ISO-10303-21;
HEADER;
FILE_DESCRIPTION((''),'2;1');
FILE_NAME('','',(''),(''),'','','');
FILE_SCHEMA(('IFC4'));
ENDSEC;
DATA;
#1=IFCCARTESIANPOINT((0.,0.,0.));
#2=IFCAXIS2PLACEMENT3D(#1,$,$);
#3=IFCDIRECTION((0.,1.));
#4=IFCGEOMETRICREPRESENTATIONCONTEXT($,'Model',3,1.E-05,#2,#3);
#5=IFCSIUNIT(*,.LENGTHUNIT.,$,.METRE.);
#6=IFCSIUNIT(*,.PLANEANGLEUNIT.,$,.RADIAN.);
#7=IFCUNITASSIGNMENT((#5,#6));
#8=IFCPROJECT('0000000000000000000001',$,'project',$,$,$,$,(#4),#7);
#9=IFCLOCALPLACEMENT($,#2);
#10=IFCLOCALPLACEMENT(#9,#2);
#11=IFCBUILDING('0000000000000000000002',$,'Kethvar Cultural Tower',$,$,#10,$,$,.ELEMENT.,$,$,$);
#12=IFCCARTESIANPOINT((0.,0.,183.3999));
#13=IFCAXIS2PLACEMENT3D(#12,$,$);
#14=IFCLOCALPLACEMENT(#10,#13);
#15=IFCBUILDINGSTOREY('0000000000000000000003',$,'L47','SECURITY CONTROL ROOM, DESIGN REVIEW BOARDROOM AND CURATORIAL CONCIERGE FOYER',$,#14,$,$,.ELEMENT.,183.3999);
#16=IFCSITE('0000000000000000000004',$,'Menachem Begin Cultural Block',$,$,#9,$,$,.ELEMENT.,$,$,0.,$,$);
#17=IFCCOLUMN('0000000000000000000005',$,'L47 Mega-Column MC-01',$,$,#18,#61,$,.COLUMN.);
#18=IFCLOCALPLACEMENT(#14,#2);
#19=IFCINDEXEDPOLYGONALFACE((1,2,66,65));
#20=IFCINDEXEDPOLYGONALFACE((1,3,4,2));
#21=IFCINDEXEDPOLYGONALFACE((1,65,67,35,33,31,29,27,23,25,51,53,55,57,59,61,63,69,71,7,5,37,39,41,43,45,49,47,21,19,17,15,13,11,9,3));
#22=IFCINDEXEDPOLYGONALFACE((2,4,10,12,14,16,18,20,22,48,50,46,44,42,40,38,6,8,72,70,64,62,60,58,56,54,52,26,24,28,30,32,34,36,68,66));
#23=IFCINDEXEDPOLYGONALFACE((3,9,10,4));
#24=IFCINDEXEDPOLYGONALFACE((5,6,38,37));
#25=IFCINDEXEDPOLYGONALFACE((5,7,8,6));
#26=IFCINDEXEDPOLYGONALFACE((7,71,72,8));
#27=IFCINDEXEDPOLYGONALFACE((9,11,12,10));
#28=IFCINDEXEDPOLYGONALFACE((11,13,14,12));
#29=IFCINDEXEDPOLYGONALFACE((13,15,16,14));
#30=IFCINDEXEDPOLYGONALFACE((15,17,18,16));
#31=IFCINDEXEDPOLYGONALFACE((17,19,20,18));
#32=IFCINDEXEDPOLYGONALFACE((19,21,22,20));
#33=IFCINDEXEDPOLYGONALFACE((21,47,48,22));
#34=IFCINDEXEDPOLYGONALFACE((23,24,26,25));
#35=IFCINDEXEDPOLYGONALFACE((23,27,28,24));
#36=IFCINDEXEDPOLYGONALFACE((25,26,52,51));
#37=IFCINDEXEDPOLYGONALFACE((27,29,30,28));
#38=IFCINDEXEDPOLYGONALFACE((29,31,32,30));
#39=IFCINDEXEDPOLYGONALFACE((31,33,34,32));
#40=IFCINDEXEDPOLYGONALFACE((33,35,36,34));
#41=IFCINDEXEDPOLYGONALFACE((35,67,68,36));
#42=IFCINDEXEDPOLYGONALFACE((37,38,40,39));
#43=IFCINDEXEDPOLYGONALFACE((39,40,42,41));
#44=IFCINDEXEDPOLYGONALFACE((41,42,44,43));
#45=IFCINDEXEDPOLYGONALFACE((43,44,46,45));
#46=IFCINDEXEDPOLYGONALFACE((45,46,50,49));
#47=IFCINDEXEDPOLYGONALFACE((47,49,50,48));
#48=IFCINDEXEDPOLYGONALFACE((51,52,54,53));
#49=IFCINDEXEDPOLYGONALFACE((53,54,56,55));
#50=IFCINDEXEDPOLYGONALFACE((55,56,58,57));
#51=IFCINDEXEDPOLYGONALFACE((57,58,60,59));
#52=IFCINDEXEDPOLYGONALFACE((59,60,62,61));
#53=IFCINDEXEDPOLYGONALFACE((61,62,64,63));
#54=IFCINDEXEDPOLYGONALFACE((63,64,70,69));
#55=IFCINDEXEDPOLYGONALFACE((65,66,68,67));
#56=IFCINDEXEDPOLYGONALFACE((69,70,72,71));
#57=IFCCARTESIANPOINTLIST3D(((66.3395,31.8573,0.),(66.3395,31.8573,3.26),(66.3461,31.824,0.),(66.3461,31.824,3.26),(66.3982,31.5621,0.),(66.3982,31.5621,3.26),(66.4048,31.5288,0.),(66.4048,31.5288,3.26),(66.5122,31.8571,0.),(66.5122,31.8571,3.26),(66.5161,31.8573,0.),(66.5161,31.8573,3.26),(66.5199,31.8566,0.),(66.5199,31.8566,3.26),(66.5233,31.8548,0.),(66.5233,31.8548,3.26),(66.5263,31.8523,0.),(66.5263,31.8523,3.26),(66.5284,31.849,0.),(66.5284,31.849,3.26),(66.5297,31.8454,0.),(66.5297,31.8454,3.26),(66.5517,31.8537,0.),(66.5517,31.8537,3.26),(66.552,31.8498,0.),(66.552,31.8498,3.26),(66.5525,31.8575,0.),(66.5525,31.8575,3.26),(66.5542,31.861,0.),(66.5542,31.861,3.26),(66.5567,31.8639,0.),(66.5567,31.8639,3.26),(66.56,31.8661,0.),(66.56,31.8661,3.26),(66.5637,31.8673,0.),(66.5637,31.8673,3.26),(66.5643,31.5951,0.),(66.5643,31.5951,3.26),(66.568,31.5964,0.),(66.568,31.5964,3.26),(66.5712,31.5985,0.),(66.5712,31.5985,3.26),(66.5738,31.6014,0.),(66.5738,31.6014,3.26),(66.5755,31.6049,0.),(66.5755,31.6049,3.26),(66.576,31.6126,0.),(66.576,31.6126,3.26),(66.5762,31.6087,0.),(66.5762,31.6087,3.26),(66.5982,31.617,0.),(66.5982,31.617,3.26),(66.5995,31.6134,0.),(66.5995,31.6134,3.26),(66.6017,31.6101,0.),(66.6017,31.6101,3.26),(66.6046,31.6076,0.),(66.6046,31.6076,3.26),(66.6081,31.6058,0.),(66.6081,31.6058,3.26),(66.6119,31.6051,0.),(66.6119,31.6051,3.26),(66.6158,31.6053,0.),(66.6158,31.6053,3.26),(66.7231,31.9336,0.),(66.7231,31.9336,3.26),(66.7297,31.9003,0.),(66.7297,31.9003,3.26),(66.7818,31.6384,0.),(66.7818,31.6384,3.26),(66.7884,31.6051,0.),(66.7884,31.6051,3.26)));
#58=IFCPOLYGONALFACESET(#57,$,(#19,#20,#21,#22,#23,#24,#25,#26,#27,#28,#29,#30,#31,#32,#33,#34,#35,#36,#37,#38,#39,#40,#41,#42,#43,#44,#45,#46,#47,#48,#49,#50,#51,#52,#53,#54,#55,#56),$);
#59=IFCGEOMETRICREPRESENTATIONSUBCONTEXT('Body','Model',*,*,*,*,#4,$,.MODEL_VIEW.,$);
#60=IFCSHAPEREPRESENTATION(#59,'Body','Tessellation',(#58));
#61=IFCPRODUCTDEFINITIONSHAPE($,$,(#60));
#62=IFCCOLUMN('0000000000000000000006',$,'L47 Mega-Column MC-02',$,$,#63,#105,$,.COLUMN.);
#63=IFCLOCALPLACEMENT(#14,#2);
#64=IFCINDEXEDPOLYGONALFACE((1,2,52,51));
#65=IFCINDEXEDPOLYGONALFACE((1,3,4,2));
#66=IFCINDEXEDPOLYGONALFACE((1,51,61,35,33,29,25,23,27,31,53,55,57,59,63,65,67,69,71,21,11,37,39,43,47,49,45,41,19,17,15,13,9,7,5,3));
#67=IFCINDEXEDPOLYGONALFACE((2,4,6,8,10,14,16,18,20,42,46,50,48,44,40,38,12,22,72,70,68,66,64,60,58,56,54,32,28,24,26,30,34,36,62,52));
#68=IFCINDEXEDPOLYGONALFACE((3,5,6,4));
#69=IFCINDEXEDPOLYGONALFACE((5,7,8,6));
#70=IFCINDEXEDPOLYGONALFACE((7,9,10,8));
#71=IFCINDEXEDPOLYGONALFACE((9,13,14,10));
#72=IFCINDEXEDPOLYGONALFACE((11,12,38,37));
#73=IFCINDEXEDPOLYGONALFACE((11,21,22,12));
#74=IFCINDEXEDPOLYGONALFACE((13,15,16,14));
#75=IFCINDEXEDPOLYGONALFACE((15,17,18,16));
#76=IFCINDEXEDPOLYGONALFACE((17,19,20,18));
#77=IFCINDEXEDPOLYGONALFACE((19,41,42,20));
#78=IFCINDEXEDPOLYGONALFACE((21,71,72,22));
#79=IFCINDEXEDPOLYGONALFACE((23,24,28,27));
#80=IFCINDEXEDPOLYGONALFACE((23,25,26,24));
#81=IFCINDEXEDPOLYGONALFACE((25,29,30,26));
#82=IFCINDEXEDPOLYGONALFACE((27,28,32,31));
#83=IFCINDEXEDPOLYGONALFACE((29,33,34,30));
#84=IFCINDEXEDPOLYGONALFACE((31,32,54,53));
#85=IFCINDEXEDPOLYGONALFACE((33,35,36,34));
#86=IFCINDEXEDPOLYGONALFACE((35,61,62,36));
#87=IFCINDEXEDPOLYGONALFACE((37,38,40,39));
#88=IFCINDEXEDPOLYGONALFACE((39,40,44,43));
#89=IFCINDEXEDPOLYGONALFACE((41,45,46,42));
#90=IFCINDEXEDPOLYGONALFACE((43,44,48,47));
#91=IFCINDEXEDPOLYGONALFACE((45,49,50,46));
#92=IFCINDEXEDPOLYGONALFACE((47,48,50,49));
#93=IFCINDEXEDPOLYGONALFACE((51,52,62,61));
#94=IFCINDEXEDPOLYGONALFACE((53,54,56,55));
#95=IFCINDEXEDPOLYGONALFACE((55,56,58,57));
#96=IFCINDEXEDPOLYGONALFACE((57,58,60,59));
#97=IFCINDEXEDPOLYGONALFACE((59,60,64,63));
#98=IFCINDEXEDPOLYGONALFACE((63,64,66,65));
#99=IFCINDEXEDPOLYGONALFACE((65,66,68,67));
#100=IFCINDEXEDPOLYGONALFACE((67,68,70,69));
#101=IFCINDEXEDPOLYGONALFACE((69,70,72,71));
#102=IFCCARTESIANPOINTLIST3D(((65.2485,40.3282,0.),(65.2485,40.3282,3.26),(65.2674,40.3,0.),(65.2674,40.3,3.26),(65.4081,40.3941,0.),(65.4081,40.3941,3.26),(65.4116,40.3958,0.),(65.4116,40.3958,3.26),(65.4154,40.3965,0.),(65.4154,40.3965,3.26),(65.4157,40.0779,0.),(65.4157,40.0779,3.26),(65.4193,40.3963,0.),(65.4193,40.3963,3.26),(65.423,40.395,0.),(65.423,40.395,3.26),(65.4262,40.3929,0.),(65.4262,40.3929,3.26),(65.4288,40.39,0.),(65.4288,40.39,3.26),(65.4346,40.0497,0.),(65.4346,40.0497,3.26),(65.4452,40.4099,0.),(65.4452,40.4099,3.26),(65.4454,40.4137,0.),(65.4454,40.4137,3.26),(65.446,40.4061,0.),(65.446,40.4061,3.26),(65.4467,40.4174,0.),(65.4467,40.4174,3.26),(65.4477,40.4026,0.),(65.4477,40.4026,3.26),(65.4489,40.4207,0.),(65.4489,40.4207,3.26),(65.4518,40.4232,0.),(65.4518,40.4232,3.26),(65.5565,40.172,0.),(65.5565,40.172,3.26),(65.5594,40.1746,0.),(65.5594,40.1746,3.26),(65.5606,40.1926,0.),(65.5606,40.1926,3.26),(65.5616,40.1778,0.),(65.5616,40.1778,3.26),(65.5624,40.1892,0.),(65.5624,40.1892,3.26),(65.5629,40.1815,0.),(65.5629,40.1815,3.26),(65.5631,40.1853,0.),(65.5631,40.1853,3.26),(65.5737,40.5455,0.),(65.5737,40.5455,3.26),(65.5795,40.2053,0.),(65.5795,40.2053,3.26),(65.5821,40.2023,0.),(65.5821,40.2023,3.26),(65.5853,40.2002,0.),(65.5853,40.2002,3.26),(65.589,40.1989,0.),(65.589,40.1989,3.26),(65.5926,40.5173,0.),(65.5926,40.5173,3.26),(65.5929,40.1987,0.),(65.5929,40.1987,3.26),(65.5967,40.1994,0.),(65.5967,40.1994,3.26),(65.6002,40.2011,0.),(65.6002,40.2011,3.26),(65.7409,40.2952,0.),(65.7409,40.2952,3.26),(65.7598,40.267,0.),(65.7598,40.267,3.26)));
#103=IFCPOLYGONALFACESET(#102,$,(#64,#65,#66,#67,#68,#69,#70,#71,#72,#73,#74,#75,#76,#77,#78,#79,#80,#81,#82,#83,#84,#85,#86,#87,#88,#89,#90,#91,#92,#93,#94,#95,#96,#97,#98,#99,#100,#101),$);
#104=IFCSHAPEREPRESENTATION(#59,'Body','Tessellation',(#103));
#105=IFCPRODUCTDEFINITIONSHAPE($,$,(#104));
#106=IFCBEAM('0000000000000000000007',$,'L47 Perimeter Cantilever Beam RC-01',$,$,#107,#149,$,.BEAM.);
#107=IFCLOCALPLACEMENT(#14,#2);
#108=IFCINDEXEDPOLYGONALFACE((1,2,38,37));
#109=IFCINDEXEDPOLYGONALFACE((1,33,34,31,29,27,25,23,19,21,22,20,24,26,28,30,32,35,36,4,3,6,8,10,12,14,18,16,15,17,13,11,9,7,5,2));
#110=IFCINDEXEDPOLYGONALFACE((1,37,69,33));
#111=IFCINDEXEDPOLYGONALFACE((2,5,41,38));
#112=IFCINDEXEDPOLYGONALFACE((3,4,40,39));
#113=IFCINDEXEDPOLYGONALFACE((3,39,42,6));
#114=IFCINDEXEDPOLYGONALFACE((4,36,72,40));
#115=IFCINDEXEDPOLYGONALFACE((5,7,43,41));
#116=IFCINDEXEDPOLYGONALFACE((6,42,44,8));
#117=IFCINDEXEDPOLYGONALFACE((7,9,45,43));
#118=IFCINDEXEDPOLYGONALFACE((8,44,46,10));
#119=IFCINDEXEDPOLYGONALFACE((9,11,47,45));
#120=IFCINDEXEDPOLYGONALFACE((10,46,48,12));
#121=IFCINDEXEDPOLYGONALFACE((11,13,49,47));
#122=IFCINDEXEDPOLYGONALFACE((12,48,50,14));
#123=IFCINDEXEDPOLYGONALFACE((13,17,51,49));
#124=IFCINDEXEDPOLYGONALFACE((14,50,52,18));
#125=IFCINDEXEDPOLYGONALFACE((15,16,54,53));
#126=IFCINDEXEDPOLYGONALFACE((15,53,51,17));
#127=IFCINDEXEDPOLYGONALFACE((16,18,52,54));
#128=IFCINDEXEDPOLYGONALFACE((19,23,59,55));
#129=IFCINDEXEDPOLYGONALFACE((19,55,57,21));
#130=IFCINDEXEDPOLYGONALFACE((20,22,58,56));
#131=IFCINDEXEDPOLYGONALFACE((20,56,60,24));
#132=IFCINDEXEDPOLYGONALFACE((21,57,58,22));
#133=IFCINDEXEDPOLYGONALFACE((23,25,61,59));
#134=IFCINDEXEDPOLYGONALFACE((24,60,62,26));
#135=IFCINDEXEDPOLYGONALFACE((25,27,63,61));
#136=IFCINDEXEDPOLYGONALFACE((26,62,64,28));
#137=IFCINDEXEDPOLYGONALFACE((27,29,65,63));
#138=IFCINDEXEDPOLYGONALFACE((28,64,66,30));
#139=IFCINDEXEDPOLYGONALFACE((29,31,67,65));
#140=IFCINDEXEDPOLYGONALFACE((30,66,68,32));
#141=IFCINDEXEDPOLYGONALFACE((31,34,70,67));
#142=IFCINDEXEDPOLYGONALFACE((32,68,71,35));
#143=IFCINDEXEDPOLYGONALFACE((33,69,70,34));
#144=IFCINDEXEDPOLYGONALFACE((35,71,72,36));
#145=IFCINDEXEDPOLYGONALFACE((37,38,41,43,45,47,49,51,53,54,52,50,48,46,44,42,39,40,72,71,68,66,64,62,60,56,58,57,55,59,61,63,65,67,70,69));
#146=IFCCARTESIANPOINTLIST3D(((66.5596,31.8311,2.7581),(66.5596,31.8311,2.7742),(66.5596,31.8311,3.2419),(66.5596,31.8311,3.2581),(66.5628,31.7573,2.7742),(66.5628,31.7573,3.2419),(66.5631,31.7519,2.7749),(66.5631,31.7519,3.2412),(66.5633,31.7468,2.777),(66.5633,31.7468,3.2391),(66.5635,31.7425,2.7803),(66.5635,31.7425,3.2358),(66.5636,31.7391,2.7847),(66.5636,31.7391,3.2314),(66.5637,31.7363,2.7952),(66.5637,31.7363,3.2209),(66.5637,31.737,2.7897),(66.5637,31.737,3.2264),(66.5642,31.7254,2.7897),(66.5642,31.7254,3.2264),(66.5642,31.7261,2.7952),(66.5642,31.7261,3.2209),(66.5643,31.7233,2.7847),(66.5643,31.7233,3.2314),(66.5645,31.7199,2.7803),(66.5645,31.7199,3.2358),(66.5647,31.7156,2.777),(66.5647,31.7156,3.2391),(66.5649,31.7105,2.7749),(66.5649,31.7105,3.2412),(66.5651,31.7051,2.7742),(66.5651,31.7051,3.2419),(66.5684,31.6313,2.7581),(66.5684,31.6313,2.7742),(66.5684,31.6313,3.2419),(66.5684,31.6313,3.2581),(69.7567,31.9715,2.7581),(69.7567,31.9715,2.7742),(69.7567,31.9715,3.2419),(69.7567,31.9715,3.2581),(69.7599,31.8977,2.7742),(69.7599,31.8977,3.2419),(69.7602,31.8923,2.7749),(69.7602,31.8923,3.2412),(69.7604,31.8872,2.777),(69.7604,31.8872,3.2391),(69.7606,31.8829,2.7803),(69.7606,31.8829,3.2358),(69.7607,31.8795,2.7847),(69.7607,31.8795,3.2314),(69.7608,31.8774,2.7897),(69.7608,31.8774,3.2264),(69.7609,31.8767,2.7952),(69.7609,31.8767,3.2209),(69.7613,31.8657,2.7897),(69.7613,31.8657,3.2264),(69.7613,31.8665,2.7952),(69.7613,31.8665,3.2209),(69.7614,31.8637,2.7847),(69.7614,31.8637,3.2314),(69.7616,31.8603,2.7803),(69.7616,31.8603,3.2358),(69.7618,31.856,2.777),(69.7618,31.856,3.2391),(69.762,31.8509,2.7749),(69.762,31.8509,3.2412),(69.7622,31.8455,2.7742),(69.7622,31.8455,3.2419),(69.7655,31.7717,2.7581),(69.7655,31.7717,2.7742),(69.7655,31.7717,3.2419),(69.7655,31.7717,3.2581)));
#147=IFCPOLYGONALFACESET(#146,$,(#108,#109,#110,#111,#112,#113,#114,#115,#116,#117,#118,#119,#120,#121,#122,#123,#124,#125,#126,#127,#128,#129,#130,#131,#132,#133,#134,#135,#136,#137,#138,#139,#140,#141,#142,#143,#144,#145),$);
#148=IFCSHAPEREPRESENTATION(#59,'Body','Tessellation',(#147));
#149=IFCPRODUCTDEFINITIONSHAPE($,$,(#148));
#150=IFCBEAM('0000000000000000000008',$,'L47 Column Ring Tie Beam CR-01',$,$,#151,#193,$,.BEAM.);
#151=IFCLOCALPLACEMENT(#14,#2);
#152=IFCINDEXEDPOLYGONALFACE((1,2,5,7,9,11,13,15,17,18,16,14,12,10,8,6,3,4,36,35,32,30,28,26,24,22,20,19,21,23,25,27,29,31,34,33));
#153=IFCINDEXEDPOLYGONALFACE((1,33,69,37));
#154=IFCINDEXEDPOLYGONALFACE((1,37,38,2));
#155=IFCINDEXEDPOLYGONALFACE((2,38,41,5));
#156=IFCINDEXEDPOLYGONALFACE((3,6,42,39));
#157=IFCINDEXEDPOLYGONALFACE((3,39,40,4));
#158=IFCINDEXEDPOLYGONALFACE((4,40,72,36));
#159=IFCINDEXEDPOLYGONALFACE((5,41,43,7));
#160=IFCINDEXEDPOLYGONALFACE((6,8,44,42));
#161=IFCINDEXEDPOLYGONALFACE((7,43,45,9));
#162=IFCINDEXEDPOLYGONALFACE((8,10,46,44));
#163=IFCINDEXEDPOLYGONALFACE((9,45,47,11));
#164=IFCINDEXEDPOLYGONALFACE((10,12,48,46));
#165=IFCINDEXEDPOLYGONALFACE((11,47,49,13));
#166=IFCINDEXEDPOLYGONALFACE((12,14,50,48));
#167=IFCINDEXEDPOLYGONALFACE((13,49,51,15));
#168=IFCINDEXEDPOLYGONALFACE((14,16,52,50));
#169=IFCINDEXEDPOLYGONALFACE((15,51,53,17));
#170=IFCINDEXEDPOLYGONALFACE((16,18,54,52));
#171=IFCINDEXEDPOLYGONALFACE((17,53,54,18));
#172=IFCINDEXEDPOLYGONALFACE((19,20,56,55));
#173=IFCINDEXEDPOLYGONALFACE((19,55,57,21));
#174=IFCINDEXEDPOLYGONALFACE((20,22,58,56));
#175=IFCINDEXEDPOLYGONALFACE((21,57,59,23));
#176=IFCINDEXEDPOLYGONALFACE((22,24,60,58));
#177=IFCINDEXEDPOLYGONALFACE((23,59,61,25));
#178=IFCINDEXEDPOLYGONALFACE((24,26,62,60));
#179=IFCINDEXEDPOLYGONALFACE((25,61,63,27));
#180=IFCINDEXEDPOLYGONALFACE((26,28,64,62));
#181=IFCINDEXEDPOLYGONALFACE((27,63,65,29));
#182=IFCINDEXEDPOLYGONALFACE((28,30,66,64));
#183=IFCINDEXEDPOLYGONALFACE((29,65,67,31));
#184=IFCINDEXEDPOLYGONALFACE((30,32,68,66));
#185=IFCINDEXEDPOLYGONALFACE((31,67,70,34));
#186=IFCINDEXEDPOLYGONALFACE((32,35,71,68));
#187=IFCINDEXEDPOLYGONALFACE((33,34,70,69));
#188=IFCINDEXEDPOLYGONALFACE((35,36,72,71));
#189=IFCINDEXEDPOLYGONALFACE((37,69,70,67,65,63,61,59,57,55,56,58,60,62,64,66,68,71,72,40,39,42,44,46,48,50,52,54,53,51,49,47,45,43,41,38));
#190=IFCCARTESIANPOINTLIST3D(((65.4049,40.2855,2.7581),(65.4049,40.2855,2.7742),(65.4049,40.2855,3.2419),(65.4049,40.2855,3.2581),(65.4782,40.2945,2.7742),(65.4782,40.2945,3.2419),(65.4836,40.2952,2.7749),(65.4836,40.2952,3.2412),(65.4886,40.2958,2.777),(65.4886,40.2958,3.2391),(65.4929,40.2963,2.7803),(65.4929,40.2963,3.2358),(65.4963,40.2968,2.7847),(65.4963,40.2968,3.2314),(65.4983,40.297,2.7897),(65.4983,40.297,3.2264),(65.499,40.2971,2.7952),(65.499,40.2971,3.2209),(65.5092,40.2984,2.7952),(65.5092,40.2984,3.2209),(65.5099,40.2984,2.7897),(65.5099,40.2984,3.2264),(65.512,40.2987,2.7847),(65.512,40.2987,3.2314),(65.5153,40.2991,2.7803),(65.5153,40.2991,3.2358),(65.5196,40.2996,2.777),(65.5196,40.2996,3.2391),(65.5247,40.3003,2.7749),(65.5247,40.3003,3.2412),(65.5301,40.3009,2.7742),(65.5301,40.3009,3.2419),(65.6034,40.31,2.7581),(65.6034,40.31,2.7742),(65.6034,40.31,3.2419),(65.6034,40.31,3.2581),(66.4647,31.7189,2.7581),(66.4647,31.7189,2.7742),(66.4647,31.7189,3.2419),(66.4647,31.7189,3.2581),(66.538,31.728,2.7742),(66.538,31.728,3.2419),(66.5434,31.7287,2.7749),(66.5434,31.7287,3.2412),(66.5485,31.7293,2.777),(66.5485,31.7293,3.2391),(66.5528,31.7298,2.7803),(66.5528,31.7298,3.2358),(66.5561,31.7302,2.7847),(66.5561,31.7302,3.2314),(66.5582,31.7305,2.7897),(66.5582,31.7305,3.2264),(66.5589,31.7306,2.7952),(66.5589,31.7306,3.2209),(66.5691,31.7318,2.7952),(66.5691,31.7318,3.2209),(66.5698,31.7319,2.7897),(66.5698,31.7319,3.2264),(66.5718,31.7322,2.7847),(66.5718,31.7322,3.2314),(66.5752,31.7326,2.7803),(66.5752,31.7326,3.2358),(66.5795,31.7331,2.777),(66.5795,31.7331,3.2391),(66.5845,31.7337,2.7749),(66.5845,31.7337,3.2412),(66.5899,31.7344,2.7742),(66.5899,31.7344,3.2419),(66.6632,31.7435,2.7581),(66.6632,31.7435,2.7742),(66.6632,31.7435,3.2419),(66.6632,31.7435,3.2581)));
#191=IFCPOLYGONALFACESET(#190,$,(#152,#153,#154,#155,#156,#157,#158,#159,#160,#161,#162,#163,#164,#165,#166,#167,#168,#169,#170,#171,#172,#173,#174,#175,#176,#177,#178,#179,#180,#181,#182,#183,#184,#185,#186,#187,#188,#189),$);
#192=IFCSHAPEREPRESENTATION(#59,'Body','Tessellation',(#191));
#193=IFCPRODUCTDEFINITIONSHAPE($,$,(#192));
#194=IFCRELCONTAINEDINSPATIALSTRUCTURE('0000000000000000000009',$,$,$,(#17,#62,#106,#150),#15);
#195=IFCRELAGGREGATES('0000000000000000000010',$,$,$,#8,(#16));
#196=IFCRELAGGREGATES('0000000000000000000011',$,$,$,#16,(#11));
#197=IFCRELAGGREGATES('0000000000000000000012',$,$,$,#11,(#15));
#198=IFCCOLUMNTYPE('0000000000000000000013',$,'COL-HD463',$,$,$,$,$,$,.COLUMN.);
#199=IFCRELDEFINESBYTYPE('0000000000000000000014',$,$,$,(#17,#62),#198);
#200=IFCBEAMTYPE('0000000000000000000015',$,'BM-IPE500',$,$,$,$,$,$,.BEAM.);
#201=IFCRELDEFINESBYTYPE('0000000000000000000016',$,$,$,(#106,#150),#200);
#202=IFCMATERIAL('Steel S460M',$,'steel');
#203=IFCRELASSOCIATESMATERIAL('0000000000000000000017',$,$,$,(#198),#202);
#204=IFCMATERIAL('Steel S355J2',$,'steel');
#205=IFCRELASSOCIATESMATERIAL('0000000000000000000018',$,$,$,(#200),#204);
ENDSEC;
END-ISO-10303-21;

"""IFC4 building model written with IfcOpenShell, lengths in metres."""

from ifc_helpers import new_model, si_unit, direction, frame, origin, origin_2d, place, context, subcontext, project, spatial, i_section, extrude, source, transform, mapped, material, material_profile, profile_set, type_object, element, save


model = new_model("IFC4")

# Units and contexts
model_context = context("Model", 3, precision=1e-05, world=origin(), true_north=direction((0.0, 1.0)))
body_context = subcontext(model_context, "Body", "Model", "MODEL_VIEW")
ifc_project = project(units=[si_unit("LENGTHUNIT", "METRE"), si_unit("PLANEANGLEUNIT", "RADIAN")], contexts=[model_context])

# Site, building, storey
site_placement = place(None, origin())
site = spatial("IfcSite", under=ifc_project, at=site_placement, Name="Menachem Begin Cultural Block", CompositionType="ELEMENT", RefElevation=0.0)
building_placement = place(site_placement, origin())
building = spatial("IfcBuilding", under=site, at=building_placement, Name="Kethvar Cultural Tower", CompositionType="ELEMENT")
storey_placement = place(building_placement, frame((0.0, 0.0, 183.3999)))
storey = spatial("IfcBuildingStorey", under=building, at=storey_placement, Name="L47", Description="SECURITY CONTROL ROOM, DESIGN REVIEW BOARDROOM AND CURATORIAL CONCIERGE FOYER", CompositionType="ELEMENT", Elevation=183.3999)

# Columns
ifc_material_1 = material(Name="Steel S460M", Category="steel")
ifc_material_profile_1 = material_profile(ifc_material_1, i_section(OverallWidth=0.3911, OverallDepth=0.335, WebThickness=0.0227, FlangeThickness=0.0339, FilletRadius=0.0149, at=origin_2d()), Name="Steel S460M — HD400x463")
ifc_profile_set_1 = profile_set([ifc_material_profile_1], Name="Steel S460M — HD400x463")
column_type = type_object("IfcColumnType", Name="COL-HD463", PredefinedType="COLUMN", material=ifc_profile_set_1)
shared_shape_1 = source(origin(), body_context, "Body", "SweptSolid", [
    extrude(i_section(OverallWidth=0.3911, OverallDepth=0.335, WebThickness=0.0227, FlangeThickness=0.0339, FilletRadius=0.0149, at=origin_2d()), origin(), (0.0, 0.0, 1.0), 3.26),
])
for number, where, z_axis, x_axis, name in (
    (1, (66.564, 31.7312, 0.0), (0.0, 0.0, 1.0), (0.980785, 0.19509, 0.0), "L47 Mega-Column MC-01"),
    (2, (65.5042, 40.2976, 0.0), (0.0, 0.0, 1.0), (0.83147, 0.55557, 0.0), "L47 Mega-Column MC-02"),
):
    element("IfcColumn", number, at=place(storey_placement, frame(where, z_axis=z_axis, x_axis=x_axis)), inside=storey, type_object=column_type, Name=name, PredefinedType="COLUMN", context=body_context, shape_type="MappedRepresentation", body=[
        mapped(shared_shape_1, transform((0.0, 0.0, 0.0), scale=1.0)),
    ])

# Beams
ifc_material_2 = material(Name="Steel S355J2", Category="steel")
ifc_material_profile_2 = material_profile(ifc_material_2, i_section(OverallWidth=0.2, OverallDepth=0.5, WebThickness=0.0103, FlangeThickness=0.0161, FilletRadius=0.021, at=origin_2d()), Name="Steel S355J2 — IPE500")
ifc_profile_set_2 = profile_set([ifc_material_profile_2], Name="Steel S355J2 — IPE500")
beam_type_1 = type_object("IfcBeamType", Name="BM-IPE500", PredefinedType="BEAM", material=ifc_profile_set_2)
shared_shape_2 = source(origin(), body_context, "Body", "SweptSolid", [
    extrude(i_section(OverallWidth=0.2, OverallDepth=0.5, WebThickness=0.0103, FlangeThickness=0.0161, FilletRadius=0.021, at=origin_2d()), origin(), (0.0, 0.0, 1.0), 3.2002),
])
beam_1_placement = place(storey_placement, frame((66.564, 31.7312, 3.0081), z_axis=(0.999037, 0.043868, 0.0), x_axis=(-0.043868, 0.999037, 0.0)))
element("IfcBeam", 3, at=beam_1_placement, inside=storey, type_object=beam_type_1, Name="L47 Perimeter Cantilever Beam RC-01", PredefinedType="BEAM", context=body_context, shape_type="MappedRepresentation", body=[
    mapped(shared_shape_2, transform((0.0, 0.0, 0.0), scale=1.0)),
])
shared_shape_3 = source(origin(), body_context, "Body", "SweptSolid", [
    extrude(i_section(OverallWidth=0.2, OverallDepth=0.5, WebThickness=0.0103, FlangeThickness=0.0161, FilletRadius=0.021, at=origin_2d()), origin(), (0.0, 0.0, 1.0), 8.6318),
])
beam_2_placement = place(storey_placement, frame((66.564, 31.7312, 3.0081), z_axis=(-0.122781, 0.992434, 0.0), x_axis=(-0.992434, -0.122781, 0.0)))
element("IfcBeam", 4, at=beam_2_placement, inside=storey, type_object=beam_type_1, Name="L47 Column Ring Tie Beam CR-01", PredefinedType="BEAM", context=body_context, shape_type="MappedRepresentation", body=[
    mapped(shared_shape_3, transform((0.0, 0.0, 0.0), scale=1.0)),
])

save(model, "model.ifc")
